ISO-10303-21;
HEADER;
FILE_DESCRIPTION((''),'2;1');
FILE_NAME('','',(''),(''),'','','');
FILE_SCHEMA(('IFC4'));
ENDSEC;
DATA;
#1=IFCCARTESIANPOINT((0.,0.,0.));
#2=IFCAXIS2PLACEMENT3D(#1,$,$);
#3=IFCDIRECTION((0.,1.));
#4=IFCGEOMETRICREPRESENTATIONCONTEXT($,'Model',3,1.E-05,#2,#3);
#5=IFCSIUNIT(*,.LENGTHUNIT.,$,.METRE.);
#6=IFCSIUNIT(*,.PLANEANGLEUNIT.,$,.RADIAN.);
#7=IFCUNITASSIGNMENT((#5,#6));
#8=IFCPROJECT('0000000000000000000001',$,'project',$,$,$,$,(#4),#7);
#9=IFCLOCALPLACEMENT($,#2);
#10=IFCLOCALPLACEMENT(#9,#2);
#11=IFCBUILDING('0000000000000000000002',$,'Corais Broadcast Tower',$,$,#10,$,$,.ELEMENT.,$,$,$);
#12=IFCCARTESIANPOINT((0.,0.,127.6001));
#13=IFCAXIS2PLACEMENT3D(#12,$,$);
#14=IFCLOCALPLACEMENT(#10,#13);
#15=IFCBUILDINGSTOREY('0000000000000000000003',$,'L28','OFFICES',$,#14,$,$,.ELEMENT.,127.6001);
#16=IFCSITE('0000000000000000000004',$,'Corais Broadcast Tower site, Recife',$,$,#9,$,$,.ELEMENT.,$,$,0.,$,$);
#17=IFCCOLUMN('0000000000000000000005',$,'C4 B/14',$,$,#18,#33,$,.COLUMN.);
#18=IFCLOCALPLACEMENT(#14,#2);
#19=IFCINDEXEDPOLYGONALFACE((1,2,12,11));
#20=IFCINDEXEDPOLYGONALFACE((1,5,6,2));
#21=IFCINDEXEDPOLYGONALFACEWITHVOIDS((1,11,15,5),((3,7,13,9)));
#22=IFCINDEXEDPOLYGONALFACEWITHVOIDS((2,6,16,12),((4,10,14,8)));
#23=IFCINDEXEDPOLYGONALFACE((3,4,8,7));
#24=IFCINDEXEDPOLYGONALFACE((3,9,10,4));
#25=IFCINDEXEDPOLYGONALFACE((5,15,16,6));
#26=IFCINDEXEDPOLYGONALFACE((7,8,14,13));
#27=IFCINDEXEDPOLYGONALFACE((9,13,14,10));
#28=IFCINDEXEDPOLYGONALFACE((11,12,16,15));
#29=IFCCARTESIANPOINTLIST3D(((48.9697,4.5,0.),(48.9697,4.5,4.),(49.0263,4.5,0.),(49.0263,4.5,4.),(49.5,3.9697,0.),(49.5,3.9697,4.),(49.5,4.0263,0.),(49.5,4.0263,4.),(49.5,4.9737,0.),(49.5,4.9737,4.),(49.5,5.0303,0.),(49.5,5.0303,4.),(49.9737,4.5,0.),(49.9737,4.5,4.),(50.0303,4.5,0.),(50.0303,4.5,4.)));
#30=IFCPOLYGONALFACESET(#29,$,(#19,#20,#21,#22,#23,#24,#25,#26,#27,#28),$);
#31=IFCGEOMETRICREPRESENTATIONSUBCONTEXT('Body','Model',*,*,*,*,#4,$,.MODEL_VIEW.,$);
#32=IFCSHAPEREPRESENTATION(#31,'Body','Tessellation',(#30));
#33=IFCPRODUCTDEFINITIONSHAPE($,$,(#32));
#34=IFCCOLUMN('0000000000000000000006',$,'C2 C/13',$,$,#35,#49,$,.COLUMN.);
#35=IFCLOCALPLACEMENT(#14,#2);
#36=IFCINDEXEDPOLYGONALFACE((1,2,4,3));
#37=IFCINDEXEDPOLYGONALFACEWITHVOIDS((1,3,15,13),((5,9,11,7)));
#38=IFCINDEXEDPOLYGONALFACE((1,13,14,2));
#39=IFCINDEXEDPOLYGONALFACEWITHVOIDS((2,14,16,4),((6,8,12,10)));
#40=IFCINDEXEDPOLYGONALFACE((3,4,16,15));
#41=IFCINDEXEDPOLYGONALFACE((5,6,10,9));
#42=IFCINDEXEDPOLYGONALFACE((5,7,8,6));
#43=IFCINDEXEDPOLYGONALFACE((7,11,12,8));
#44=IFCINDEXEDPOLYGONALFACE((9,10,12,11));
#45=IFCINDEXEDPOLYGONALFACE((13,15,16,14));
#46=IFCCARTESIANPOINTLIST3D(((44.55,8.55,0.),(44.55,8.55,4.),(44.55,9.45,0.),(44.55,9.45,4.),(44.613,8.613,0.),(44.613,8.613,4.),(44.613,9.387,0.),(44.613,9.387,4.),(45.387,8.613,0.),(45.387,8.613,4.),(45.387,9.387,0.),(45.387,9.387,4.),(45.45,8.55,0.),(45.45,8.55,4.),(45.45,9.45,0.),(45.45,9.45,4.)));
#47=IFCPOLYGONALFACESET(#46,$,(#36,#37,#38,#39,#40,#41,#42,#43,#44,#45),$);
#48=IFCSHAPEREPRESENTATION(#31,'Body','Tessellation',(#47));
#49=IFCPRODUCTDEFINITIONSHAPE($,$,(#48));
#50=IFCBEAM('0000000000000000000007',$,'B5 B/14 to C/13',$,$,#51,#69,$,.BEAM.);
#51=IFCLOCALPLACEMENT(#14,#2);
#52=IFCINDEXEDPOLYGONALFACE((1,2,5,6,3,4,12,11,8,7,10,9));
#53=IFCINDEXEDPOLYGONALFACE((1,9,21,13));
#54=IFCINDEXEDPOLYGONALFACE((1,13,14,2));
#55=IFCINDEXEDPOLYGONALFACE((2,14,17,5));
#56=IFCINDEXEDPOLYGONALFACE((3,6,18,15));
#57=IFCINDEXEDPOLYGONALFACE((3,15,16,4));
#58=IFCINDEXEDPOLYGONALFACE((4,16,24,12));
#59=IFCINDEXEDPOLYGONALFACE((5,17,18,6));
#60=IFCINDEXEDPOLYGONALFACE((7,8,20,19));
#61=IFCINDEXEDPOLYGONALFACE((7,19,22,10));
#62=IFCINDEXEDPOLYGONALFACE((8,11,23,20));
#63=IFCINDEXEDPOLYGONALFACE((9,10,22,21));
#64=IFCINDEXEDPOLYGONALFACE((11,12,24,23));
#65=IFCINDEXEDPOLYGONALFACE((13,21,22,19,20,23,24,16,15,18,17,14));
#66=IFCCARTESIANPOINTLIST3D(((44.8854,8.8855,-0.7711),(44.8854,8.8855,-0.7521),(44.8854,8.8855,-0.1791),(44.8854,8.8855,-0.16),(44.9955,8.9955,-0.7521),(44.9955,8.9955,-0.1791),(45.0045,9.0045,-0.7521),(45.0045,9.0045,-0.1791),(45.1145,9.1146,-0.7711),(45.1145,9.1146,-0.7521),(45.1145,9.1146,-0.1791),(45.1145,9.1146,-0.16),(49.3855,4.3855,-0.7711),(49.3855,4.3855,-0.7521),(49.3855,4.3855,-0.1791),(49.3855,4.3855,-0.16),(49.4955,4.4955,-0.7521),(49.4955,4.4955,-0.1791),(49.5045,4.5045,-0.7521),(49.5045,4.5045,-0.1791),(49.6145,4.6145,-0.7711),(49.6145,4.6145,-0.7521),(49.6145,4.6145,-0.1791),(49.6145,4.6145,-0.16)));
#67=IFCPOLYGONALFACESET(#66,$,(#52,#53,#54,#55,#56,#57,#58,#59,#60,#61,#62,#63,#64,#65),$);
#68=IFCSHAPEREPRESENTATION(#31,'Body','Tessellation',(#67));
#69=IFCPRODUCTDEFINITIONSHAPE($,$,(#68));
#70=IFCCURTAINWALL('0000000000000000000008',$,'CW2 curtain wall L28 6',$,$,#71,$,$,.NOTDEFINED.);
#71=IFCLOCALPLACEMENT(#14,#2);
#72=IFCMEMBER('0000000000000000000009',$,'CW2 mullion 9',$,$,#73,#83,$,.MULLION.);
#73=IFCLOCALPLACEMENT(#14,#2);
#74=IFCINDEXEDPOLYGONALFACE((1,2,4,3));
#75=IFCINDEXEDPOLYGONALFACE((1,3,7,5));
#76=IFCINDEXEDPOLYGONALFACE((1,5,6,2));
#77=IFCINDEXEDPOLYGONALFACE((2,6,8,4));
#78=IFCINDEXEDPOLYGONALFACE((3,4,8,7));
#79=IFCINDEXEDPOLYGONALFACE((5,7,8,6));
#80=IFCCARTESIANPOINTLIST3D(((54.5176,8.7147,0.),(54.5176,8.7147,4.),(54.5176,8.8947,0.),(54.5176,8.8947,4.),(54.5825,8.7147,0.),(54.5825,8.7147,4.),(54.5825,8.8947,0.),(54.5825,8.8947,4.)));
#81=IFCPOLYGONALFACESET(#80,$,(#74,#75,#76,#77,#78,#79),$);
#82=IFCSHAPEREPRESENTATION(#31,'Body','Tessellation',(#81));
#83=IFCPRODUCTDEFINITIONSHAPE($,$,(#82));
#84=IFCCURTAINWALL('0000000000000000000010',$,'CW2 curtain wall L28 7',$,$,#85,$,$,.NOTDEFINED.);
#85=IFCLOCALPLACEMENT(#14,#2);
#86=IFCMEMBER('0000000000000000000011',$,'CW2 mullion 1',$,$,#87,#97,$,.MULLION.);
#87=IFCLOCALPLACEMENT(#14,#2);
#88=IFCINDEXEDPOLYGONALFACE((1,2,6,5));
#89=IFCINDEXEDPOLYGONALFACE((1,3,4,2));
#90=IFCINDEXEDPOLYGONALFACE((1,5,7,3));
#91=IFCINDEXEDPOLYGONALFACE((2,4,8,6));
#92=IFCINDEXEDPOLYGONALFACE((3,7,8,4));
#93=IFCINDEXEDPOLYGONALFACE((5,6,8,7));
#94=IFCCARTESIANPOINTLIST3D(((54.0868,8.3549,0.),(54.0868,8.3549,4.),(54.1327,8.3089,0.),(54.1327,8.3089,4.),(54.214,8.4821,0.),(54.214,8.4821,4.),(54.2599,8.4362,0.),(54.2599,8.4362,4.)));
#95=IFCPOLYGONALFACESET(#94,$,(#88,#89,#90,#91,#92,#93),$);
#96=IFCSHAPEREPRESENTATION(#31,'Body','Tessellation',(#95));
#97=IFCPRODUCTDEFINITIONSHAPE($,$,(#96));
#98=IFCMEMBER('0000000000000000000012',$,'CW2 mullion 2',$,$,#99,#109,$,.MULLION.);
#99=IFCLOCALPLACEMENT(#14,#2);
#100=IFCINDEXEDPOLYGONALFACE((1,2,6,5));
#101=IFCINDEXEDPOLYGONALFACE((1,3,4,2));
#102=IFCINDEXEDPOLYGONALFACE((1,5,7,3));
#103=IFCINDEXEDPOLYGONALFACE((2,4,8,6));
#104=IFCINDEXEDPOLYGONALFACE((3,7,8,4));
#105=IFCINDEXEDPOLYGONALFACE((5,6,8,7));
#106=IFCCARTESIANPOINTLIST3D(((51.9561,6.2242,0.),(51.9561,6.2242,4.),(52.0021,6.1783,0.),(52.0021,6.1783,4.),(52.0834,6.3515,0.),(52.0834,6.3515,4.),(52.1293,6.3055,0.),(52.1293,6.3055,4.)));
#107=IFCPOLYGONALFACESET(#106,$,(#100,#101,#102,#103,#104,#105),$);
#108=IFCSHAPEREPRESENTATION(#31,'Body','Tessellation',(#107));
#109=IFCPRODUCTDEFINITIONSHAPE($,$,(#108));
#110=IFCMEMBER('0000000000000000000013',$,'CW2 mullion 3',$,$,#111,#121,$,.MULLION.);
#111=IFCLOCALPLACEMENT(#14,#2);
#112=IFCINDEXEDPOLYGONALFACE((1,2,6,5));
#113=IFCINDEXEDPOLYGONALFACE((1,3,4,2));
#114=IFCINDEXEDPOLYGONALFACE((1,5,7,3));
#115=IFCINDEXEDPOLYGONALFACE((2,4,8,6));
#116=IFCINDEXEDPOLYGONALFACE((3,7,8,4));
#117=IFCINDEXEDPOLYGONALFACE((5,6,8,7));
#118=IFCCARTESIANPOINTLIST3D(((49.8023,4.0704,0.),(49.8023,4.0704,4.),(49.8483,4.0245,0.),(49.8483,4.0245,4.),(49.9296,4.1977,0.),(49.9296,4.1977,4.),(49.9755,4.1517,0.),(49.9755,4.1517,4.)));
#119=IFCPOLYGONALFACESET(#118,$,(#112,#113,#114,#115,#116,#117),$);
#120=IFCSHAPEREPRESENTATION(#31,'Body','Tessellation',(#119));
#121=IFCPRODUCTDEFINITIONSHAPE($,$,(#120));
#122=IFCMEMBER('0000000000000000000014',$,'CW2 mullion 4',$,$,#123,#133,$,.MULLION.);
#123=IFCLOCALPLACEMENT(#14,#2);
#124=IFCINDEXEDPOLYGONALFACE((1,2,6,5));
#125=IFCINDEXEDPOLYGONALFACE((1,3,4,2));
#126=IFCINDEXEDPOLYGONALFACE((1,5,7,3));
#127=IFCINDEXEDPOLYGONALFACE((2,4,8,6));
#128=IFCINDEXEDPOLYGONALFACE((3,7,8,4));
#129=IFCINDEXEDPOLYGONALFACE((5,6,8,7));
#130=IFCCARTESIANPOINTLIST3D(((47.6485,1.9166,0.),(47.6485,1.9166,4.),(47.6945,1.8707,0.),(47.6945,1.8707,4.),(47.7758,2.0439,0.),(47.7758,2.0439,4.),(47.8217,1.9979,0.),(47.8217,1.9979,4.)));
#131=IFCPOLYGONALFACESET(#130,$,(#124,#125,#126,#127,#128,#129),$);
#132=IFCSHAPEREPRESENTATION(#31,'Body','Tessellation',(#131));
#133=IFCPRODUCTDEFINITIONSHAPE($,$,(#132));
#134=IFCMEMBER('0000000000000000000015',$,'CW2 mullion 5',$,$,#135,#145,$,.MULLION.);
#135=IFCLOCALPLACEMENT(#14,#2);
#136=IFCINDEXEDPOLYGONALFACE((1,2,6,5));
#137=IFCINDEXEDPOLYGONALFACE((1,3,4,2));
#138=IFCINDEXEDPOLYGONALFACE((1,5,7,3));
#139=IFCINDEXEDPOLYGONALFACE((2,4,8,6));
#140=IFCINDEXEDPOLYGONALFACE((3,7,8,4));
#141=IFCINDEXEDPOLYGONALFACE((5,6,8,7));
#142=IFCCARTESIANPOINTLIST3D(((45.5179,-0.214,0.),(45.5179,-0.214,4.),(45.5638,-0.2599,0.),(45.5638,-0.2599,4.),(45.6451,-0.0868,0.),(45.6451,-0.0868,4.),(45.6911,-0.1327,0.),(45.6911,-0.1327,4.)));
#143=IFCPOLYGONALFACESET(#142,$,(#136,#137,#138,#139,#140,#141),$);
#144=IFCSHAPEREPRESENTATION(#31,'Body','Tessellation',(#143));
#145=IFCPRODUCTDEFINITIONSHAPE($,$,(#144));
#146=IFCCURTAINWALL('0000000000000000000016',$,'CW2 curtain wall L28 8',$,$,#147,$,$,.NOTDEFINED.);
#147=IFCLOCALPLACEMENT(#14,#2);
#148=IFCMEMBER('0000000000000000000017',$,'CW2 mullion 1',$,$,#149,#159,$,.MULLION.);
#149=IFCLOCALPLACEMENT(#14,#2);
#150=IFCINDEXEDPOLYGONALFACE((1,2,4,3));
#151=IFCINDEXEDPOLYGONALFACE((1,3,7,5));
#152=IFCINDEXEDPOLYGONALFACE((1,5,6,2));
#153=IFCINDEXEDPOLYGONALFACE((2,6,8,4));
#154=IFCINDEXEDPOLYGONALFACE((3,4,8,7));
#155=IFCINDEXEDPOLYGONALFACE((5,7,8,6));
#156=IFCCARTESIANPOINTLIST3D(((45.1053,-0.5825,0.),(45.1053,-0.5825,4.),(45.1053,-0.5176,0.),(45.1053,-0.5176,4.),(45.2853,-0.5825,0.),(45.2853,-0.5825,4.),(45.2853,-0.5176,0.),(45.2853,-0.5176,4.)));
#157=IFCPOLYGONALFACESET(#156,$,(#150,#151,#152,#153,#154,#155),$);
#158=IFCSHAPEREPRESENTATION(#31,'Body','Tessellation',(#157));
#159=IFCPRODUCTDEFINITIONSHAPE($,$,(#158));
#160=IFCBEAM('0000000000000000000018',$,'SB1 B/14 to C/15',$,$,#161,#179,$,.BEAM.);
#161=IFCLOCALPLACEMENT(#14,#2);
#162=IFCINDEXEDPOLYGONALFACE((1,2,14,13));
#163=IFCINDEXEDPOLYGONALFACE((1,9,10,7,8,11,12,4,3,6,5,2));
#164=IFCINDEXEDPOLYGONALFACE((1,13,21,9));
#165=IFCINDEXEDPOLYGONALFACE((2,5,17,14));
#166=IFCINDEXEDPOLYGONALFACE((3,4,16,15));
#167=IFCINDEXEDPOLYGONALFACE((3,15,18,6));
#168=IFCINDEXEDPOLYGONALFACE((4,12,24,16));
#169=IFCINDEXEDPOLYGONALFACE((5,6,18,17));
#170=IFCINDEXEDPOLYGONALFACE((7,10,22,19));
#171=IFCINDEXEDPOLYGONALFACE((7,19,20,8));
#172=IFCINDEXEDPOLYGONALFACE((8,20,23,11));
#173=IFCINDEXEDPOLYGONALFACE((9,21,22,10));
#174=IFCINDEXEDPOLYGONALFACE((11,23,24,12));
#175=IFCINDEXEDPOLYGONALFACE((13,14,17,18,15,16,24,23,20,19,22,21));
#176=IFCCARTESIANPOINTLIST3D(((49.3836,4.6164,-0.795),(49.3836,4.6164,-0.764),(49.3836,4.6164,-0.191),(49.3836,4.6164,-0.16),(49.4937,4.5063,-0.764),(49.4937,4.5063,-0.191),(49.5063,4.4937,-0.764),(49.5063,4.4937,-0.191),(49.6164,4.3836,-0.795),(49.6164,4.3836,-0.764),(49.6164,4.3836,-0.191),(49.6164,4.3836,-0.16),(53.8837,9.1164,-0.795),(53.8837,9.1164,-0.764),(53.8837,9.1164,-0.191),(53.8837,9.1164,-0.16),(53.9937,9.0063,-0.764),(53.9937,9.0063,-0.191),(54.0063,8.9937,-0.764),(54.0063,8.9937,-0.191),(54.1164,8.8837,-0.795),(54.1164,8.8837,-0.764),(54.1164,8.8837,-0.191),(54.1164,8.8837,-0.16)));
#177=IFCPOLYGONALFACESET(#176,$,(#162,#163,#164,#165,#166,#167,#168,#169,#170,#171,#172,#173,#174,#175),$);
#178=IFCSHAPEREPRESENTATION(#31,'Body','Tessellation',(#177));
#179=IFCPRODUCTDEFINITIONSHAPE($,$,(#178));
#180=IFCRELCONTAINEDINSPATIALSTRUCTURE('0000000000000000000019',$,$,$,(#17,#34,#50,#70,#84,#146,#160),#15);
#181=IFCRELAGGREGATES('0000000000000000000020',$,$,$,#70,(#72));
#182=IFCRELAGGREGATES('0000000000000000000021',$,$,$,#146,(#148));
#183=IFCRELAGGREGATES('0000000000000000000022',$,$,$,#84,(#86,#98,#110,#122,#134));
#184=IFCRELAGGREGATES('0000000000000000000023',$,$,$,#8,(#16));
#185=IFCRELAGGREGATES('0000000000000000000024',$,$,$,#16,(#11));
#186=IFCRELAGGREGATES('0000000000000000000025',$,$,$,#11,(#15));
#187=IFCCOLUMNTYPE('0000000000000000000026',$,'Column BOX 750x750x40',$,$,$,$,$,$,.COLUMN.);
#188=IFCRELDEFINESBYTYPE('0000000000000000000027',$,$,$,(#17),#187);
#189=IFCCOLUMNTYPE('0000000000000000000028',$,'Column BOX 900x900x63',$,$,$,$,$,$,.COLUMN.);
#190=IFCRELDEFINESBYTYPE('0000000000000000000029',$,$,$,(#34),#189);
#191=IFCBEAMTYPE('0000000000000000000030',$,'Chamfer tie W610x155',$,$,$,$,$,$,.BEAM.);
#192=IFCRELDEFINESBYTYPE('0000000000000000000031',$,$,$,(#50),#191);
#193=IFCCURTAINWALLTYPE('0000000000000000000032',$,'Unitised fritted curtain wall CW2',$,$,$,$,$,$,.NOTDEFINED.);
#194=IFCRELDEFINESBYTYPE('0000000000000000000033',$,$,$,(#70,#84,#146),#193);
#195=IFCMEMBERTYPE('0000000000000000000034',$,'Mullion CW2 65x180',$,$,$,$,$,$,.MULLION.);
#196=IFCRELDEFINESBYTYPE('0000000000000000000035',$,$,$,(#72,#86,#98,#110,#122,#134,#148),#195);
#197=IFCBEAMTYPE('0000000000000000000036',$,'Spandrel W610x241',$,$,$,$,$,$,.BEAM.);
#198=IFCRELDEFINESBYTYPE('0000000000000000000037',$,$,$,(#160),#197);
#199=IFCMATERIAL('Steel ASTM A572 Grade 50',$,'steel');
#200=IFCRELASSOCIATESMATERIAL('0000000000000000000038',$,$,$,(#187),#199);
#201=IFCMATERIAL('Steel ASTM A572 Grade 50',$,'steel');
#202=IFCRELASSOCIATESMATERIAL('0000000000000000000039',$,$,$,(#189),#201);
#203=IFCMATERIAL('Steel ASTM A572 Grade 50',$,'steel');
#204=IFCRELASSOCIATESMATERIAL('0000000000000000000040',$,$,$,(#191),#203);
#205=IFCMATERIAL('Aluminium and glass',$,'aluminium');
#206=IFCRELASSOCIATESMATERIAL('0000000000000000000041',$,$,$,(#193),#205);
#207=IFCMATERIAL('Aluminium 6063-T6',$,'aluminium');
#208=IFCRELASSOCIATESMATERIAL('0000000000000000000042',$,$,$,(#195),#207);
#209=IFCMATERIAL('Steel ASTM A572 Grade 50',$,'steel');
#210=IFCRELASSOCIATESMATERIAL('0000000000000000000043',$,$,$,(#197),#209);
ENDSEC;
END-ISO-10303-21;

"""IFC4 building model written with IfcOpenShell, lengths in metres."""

from ifc_helpers import new_model, si_unit, direction, frame, origin, origin_2d, place, context, subcontext, project, spatial, rectangle, hollow_rectangle, i_section, extrude, material, material_profile, profile_set, type_object, element, aggregate, save


model = new_model("IFC4")

# Units and contexts
model_context = context("Model", 3, precision=1e-05, world=origin(), true_north=direction((0.0, 1.0)))
body_context = subcontext(model_context, "Body", "Model", "MODEL_VIEW")
ifc_project = project(units=[si_unit("LENGTHUNIT", "METRE"), si_unit("PLANEANGLEUNIT", "RADIAN")], contexts=[model_context])

# Site, building, storey
site_placement = place(None, origin())
site = spatial("IfcSite", under=ifc_project, at=site_placement, Name="Corais Broadcast Tower site, Recife", CompositionType="ELEMENT", RefElevation=0.0)
building_placement = place(site_placement, origin())
building = spatial("IfcBuilding", under=site, at=building_placement, Name="Corais Broadcast Tower", CompositionType="ELEMENT")
storey_placement = place(building_placement, frame((0.0, 0.0, 127.6001)))
storey = spatial("IfcBuildingStorey", under=building, at=storey_placement, Name="L28", Description="OFFICES", CompositionType="ELEMENT", Elevation=127.6001)

# Columns
ifc_material_1 = material(Name="Steel ASTM A572 Grade 50", Category="steel")
ifc_material_profile_1 = material_profile(ifc_material_1, hollow_rectangle(XDim=0.75, YDim=0.75, WallThickness=0.04, at=origin_2d()), Name="BOX 750x750x40")
ifc_profile_set_1 = profile_set([ifc_material_profile_1], Name="Steel ASTM A572 Grade 50")
column_type_1 = type_object("IfcColumnType", Name="Column BOX 750x750x40", PredefinedType="COLUMN", material=ifc_profile_set_1)
column_1_placement = place(storey_placement, frame((49.5, 4.5, 0.0), z_axis=(0.0, 0.0, 1.0), x_axis=(0.707107, 0.707107, 0.0)))
element("IfcColumn", 1, at=column_1_placement, inside=storey, type_object=column_type_1, Name="C4 B/14", PredefinedType="COLUMN", context=body_context, shape_type="SweptSolid", body=[
    extrude(hollow_rectangle(XDim=0.75, YDim=0.75, WallThickness=0.04, at=origin_2d()), origin(), (0.0, 0.0, 1.0), 4.0),
])
ifc_material_2 = material(Name="Steel ASTM A572 Grade 50", Category="steel")
ifc_material_profile_2 = material_profile(ifc_material_2, hollow_rectangle(XDim=0.8999, YDim=0.8999, WallThickness=0.063, at=origin_2d()), Name="BOX 900x900x63")
ifc_profile_set_2 = profile_set([ifc_material_profile_2], Name="Steel ASTM A572 Grade 50")
column_type_2 = type_object("IfcColumnType", Name="Column BOX 900x900x63", PredefinedType="COLUMN", material=ifc_profile_set_2)
column_2_placement = place(storey_placement, frame((45.0, 9.0, 0.0), z_axis=(0.0, 0.0, 1.0), x_axis=(1.0, 0.0, 0.0)))
element("IfcColumn", 2, at=column_2_placement, inside=storey, type_object=column_type_2, Name="C2 C/13", PredefinedType="COLUMN", context=body_context, shape_type="SweptSolid", body=[
    extrude(hollow_rectangle(XDim=0.8999, YDim=0.8999, WallThickness=0.063, at=origin_2d()), origin(), (0.0, 0.0, 1.0), 4.0),
])

# Beam
ifc_material_3 = material(Name="Steel ASTM A572 Grade 50", Category="steel")
ifc_material_profile_3 = material_profile(ifc_material_3, i_section(OverallWidth=0.324, OverallDepth=0.6111, WebThickness=0.0127, FlangeThickness=0.019, at=origin_2d()), Name="W610x155")
ifc_profile_set_3 = profile_set([ifc_material_profile_3], Name="Steel ASTM A572 Grade 50")
beam_type_1 = type_object("IfcBeamType", Name="Chamfer tie W610x155", PredefinedType="BEAM", material=ifc_profile_set_3)
beam_1_placement = place(storey_placement, frame((49.5, 4.5, -0.4656), z_axis=(-0.707107, 0.707107, 0.0), x_axis=(-0.707107, -0.707107, 0.0)))
element("IfcBeam", 3, at=beam_1_placement, inside=storey, type_object=beam_type_1, Name="B5 B/14 to C/13", PredefinedType="BEAM", context=body_context, shape_type="SweptSolid", body=[
    extrude(i_section(OverallWidth=0.324, OverallDepth=0.6111, WebThickness=0.0127, FlangeThickness=0.019, at=origin_2d()), origin(), (0.0, 0.0, 1.0), 6.364),
])

# Curtain wall, member
ifc_material_4 = material(Name="Aluminium and glass", Category="aluminium")
curtain_wall_type = type_object("IfcCurtainWallType", Name="Unitised fritted curtain wall CW2", PredefinedType="NOTDEFINED", material=ifc_material_4)
curtain_wall_1_placement = place(storey_placement, origin())
curtain_wall_1 = element("IfcCurtainWall", 4, at=curtain_wall_1_placement, inside=storey, type_object=curtain_wall_type, Name="CW2 curtain wall L28 6", PredefinedType="NOTDEFINED")
ifc_material_5 = material(Name="Aluminium 6063-T6", Category="aluminium")
ifc_material_profile_4 = material_profile(ifc_material_5, rectangle(XDim=0.0649, YDim=0.1799, at=origin_2d()), Name="Mullion CW2 65x180")
ifc_profile_set_4 = profile_set([ifc_material_profile_4], Name="Aluminium 6063-T6")
member_type_1 = type_object("IfcMemberType", Name="Mullion CW2 65x180", PredefinedType="MULLION", material=ifc_profile_set_4)
member_1_placement = place(storey_placement, frame((54.55, 8.8047, 0.0), z_axis=(0.0, 0.0, 1.0), x_axis=(1.0, 0.0, 0.0)))
member_1 = element("IfcMember", 5, at=member_1_placement, type_object=member_type_1, Name="CW2 mullion 9", PredefinedType="MULLION", context=body_context, shape_type="SweptSolid", body=[
    extrude(rectangle(XDim=0.0649, YDim=0.1799, at=origin_2d()), origin(), (0.0, 0.0, 1.0), 4.0),
])
aggregate(curtain_wall_1, [member_1])

# Curtain wall, members
curtain_wall_2_placement = place(storey_placement, origin())
curtain_wall_2 = element("IfcCurtainWall", 6, at=curtain_wall_2_placement, inside=storey, type_object=curtain_wall_type, Name="CW2 curtain wall L28 7", PredefinedType="NOTDEFINED")
member_2_placement = place(storey_placement, frame((54.1733, 8.3955, 0.0), z_axis=(0.0, 0.0, 1.0), x_axis=(0.707107, -0.707107, 0.0)))
member_2 = element("IfcMember", 7, at=member_2_placement, type_object=member_type_1, Name="CW2 mullion 1", PredefinedType="MULLION", context=body_context, shape_type="SweptSolid", body=[
    extrude(rectangle(XDim=0.0649, YDim=0.1799, at=origin_2d()), origin(), (0.0, 0.0, 1.0), 4.0),
])
member_3_placement = place(storey_placement, frame((52.0427, 6.2649, 0.0), z_axis=(0.0, 0.0, 1.0), x_axis=(0.707107, -0.707107, 0.0)))
member_3 = element("IfcMember", 8, at=member_3_placement, type_object=member_type_1, Name="CW2 mullion 2", PredefinedType="MULLION", context=body_context, shape_type="SweptSolid", body=[
    extrude(rectangle(XDim=0.0649, YDim=0.1799, at=origin_2d()), origin(), (0.0, 0.0, 1.0), 4.0),
])
member_4_placement = place(storey_placement, frame((49.8889, 4.1111, 0.0), z_axis=(0.0, 0.0, 1.0), x_axis=(0.707107, -0.707107, 0.0)))
member_4 = element("IfcMember", 9, at=member_4_placement, type_object=member_type_1, Name="CW2 mullion 3", PredefinedType="MULLION", context=body_context, shape_type="SweptSolid", body=[
    extrude(rectangle(XDim=0.0649, YDim=0.1799, at=origin_2d()), origin(), (0.0, 0.0, 1.0), 4.0),
])
member_5_placement = place(storey_placement, frame((47.7351, 1.9573, 0.0), z_axis=(0.0, 0.0, 1.0), x_axis=(0.707107, -0.707107, 0.0)))
member_5 = element("IfcMember", 10, at=member_5_placement, type_object=member_type_1, Name="CW2 mullion 4", PredefinedType="MULLION", context=body_context, shape_type="SweptSolid", body=[
    extrude(rectangle(XDim=0.0649, YDim=0.1799, at=origin_2d()), origin(), (0.0, 0.0, 1.0), 4.0),
])
member_6_placement = place(storey_placement, frame((45.6045, -0.1733, 0.0), z_axis=(0.0, 0.0, 1.0), x_axis=(0.707107, -0.707107, 0.0)))
member_6 = element("IfcMember", 11, at=member_6_placement, type_object=member_type_1, Name="CW2 mullion 5", PredefinedType="MULLION", context=body_context, shape_type="SweptSolid", body=[
    extrude(rectangle(XDim=0.0649, YDim=0.1799, at=origin_2d()), origin(), (0.0, 0.0, 1.0), 4.0),
])

# Curtain wall, member
curtain_wall_3_placement = place(storey_placement, origin())
curtain_wall_3 = element("IfcCurtainWall", 12, at=curtain_wall_3_placement, inside=storey, type_object=curtain_wall_type, Name="CW2 curtain wall L28 8", PredefinedType="NOTDEFINED")
member_7_placement = place(storey_placement, frame((45.1953, -0.55, 0.0), z_axis=(0.0, 0.0, 1.0), x_axis=(0.0, -1.0, 0.0)))
member_7 = element("IfcMember", 13, at=member_7_placement, type_object=member_type_1, Name="CW2 mullion 1", PredefinedType="MULLION", context=body_context, shape_type="SweptSolid", body=[
    extrude(rectangle(XDim=0.0649, YDim=0.1799, at=origin_2d()), origin(), (0.0, 0.0, 1.0), 4.0),
])

# Beam
ifc_material_6 = material(Name="Steel ASTM A572 Grade 50", Category="steel")
ifc_material_profile_5 = material_profile(ifc_material_6, i_section(OverallWidth=0.3291, OverallDepth=0.635, WebThickness=0.0178, FlangeThickness=0.031, at=origin_2d()), Name="W610x241")
ifc_profile_set_5 = profile_set([ifc_material_profile_5], Name="Steel ASTM A572 Grade 50")
beam_type_2 = type_object("IfcBeamType", Name="Spandrel W610x241", PredefinedType="BEAM", material=ifc_profile_set_5)
beam_2_placement = place(storey_placement, frame((49.5, 4.5, -0.4775), z_axis=(0.707107, 0.707107, 0.0), x_axis=(-0.707107, 0.707107, 0.0)))
element("IfcBeam", 14, at=beam_2_placement, inside=storey, type_object=beam_type_2, Name="SB1 B/14 to C/15", PredefinedType="BEAM", context=body_context, shape_type="SweptSolid", body=[
    extrude(i_section(OverallWidth=0.3291, OverallDepth=0.635, WebThickness=0.0178, FlangeThickness=0.031, at=origin_2d()), origin(), (0.0, 0.0, 1.0), 6.364),
])

aggregate(curtain_wall_3, [member_7])

aggregate(curtain_wall_2, [member_2, member_3, member_4, member_5, member_6])

save(model, "model.ifc")
